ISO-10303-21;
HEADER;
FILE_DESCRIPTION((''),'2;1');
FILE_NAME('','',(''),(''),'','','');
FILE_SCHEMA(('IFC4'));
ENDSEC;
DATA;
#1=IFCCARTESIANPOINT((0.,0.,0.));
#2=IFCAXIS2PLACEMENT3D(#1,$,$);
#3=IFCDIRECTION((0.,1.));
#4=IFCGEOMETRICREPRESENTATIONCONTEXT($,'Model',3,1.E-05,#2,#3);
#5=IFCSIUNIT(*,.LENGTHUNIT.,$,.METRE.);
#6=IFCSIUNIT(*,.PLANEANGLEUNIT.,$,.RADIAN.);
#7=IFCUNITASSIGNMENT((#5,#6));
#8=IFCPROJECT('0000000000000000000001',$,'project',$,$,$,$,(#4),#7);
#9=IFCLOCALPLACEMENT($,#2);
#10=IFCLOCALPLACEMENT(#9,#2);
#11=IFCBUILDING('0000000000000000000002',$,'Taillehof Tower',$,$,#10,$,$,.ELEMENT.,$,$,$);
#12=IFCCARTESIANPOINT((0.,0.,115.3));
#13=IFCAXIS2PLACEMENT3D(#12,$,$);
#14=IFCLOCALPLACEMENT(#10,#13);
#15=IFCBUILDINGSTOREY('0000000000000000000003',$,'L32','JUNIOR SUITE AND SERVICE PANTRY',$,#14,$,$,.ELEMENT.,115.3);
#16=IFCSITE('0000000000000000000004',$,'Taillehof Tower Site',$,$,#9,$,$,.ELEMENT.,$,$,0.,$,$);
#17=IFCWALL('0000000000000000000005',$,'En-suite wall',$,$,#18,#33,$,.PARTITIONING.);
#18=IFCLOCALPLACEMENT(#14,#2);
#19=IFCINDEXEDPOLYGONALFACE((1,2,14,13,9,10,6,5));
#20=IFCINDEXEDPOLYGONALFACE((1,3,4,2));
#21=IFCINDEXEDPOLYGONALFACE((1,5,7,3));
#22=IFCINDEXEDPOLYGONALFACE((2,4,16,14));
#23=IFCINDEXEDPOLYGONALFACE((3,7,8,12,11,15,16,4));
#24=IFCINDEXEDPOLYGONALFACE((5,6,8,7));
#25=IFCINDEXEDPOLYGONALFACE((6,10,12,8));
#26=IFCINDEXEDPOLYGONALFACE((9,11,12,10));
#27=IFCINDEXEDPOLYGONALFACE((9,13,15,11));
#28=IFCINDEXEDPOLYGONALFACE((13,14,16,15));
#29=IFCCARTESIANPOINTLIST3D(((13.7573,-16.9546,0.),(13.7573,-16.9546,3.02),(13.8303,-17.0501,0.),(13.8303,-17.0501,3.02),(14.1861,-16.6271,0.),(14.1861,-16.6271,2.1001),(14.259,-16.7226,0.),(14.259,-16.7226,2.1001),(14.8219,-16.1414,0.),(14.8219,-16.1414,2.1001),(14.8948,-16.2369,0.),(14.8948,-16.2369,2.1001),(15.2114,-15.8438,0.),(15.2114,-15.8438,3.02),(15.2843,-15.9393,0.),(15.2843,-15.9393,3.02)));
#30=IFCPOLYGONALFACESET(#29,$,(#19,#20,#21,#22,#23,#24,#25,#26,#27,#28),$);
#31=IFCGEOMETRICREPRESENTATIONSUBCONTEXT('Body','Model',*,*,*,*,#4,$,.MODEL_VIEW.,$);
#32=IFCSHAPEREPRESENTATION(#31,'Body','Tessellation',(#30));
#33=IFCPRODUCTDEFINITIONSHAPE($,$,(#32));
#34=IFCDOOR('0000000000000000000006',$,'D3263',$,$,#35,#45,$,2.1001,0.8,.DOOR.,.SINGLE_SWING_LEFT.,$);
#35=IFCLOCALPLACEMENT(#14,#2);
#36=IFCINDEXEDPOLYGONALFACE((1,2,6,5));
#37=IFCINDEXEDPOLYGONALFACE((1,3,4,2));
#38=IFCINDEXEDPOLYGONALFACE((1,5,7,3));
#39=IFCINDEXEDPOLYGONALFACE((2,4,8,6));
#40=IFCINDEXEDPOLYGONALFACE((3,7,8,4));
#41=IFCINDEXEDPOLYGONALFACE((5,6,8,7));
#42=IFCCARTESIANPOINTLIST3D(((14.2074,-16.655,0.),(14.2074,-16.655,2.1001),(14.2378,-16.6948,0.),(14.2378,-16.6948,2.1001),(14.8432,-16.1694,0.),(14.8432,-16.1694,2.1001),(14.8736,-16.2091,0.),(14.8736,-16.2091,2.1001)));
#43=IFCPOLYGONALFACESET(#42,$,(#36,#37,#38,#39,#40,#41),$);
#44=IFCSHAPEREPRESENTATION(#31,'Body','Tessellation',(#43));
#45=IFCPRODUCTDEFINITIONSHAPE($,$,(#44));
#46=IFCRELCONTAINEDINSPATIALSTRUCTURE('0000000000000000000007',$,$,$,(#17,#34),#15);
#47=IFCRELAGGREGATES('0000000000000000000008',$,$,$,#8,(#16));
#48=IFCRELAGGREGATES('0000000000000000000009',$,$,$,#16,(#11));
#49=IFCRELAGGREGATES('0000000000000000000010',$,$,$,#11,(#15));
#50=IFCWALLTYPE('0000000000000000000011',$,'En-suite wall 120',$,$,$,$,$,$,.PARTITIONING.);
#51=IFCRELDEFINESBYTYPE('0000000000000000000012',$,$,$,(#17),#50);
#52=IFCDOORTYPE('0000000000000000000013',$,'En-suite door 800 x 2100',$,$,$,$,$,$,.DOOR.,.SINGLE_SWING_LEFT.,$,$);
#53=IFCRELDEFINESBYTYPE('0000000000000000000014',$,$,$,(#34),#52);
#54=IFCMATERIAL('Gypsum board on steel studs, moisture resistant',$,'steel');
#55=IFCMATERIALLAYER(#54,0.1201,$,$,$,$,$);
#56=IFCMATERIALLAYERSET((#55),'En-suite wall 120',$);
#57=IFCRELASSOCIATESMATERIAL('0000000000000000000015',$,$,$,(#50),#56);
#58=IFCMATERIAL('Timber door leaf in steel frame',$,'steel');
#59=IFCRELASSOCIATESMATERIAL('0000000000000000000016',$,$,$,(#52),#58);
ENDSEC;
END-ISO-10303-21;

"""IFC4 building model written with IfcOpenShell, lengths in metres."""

from ifc_helpers import new_model, si_unit, direction, frame, frame_2d, origin, place, context, subcontext, project, spatial, rectangle, extrude, material, layer, layer_set, type_object, element, fill, save


model = new_model("IFC4")

# Units and contexts
model_context = context("Model", 3, precision=1e-05, world=origin(), true_north=direction((0.0, 1.0)))
body_context = subcontext(model_context, "Body", "Model", "MODEL_VIEW")
ifc_project = project(units=[si_unit("LENGTHUNIT", "METRE"), si_unit("PLANEANGLEUNIT", "RADIAN")], contexts=[model_context])

# Site, building, storey
site_placement = place(None, origin())
site = spatial("IfcSite", under=ifc_project, at=site_placement, Name="Taillehof Tower Site", CompositionType="ELEMENT", RefElevation=0.0)
building_placement = place(site_placement, origin())
building = spatial("IfcBuilding", under=site, at=building_placement, Name="Taillehof Tower", CompositionType="ELEMENT")
storey_placement = place(building_placement, frame((0.0, 0.0, 115.3)))
storey = spatial("IfcBuildingStorey", under=building, at=storey_placement, Name="L32", Description="JUNIOR SUITE AND SERVICE PANTRY", CompositionType="ELEMENT", Elevation=115.3)

# Shared definitions
ifc_material_1 = material(Name="Gypsum board on steel studs, moisture resistant", Category="steel")
ifc_layer_1 = layer(ifc_material_1, 0.1201)
ifc_layer_set_1 = layer_set([ifc_layer_1], Name="En-suite wall 120")
wall_type_1 = type_object("IfcWallType", Name="En-suite wall 120", PredefinedType="PARTITIONING", material=ifc_layer_set_1)

# Wall, opening, door
wall_1_placement = place(storey_placement, frame((13.7937, -17.0024, 0.0), z_axis=(0.0, 0.0, 1.0), x_axis=(0.794653, 0.607064, 0.0)))
wall_1 = element("IfcWall", 1, at=wall_1_placement, inside=storey, type_object=wall_type_1, Name="En-suite wall", PredefinedType="PARTITIONING", context=body_context, shape_type="SweptSolid", body=[
    extrude(rectangle(XDim=1.8298, YDim=0.1201, at=frame_2d((0.915, 0.0))), origin(), (0.0, 0.0, 1.0), 3.02),
])
opening_1_placement = place(wall_1_placement, frame((0.5398, 0.0, 0.0)))
opening_1 = element("IfcOpeningElement", 2, at=opening_1_placement, cuts=wall_1, PredefinedType="OPENING", context=body_context, shape_type="SweptSolid", body=[
    extrude(rectangle(XDim=0.8, YDim=2.1001, at=frame_2d((0.3999, 1.05))), frame((0.0, 0.0701, 0.0), z_axis=(0.0, -1.0, 0.0), x_axis=(1.0, 0.0, 0.0)), (0.0, 0.0, 1.0), 0.1401),
])
ifc_material_2 = material(Name="Timber door leaf in steel frame", Category="steel")
door_type_1 = type_object("IfcDoorType", Name="En-suite door 800 x 2100", OperationType="SINGLE_SWING_LEFT", PredefinedType="DOOR", material=ifc_material_2)
door_1_placement = place(opening_1_placement, origin())
door_1 = element("IfcDoor", 3, at=door_1_placement, inside=storey, type_object=door_type_1, Name="D3263", OperationType="SINGLE_SWING_LEFT", OverallHeight=2.1001, OverallWidth=0.8, PredefinedType="DOOR", context=body_context, shape_type="SweptSolid", body=[
    extrude(rectangle(XDim=0.8, YDim=2.1001, at=frame_2d((0.3999, 1.05))), frame((0.0, 0.0249, 0.0), z_axis=(0.0, -1.0, 0.0), x_axis=(1.0, 0.0, 0.0)), (0.0, 0.0, 1.0), 0.05),
])
fill(opening_1, door_1)

save(model, "model.ifc")
